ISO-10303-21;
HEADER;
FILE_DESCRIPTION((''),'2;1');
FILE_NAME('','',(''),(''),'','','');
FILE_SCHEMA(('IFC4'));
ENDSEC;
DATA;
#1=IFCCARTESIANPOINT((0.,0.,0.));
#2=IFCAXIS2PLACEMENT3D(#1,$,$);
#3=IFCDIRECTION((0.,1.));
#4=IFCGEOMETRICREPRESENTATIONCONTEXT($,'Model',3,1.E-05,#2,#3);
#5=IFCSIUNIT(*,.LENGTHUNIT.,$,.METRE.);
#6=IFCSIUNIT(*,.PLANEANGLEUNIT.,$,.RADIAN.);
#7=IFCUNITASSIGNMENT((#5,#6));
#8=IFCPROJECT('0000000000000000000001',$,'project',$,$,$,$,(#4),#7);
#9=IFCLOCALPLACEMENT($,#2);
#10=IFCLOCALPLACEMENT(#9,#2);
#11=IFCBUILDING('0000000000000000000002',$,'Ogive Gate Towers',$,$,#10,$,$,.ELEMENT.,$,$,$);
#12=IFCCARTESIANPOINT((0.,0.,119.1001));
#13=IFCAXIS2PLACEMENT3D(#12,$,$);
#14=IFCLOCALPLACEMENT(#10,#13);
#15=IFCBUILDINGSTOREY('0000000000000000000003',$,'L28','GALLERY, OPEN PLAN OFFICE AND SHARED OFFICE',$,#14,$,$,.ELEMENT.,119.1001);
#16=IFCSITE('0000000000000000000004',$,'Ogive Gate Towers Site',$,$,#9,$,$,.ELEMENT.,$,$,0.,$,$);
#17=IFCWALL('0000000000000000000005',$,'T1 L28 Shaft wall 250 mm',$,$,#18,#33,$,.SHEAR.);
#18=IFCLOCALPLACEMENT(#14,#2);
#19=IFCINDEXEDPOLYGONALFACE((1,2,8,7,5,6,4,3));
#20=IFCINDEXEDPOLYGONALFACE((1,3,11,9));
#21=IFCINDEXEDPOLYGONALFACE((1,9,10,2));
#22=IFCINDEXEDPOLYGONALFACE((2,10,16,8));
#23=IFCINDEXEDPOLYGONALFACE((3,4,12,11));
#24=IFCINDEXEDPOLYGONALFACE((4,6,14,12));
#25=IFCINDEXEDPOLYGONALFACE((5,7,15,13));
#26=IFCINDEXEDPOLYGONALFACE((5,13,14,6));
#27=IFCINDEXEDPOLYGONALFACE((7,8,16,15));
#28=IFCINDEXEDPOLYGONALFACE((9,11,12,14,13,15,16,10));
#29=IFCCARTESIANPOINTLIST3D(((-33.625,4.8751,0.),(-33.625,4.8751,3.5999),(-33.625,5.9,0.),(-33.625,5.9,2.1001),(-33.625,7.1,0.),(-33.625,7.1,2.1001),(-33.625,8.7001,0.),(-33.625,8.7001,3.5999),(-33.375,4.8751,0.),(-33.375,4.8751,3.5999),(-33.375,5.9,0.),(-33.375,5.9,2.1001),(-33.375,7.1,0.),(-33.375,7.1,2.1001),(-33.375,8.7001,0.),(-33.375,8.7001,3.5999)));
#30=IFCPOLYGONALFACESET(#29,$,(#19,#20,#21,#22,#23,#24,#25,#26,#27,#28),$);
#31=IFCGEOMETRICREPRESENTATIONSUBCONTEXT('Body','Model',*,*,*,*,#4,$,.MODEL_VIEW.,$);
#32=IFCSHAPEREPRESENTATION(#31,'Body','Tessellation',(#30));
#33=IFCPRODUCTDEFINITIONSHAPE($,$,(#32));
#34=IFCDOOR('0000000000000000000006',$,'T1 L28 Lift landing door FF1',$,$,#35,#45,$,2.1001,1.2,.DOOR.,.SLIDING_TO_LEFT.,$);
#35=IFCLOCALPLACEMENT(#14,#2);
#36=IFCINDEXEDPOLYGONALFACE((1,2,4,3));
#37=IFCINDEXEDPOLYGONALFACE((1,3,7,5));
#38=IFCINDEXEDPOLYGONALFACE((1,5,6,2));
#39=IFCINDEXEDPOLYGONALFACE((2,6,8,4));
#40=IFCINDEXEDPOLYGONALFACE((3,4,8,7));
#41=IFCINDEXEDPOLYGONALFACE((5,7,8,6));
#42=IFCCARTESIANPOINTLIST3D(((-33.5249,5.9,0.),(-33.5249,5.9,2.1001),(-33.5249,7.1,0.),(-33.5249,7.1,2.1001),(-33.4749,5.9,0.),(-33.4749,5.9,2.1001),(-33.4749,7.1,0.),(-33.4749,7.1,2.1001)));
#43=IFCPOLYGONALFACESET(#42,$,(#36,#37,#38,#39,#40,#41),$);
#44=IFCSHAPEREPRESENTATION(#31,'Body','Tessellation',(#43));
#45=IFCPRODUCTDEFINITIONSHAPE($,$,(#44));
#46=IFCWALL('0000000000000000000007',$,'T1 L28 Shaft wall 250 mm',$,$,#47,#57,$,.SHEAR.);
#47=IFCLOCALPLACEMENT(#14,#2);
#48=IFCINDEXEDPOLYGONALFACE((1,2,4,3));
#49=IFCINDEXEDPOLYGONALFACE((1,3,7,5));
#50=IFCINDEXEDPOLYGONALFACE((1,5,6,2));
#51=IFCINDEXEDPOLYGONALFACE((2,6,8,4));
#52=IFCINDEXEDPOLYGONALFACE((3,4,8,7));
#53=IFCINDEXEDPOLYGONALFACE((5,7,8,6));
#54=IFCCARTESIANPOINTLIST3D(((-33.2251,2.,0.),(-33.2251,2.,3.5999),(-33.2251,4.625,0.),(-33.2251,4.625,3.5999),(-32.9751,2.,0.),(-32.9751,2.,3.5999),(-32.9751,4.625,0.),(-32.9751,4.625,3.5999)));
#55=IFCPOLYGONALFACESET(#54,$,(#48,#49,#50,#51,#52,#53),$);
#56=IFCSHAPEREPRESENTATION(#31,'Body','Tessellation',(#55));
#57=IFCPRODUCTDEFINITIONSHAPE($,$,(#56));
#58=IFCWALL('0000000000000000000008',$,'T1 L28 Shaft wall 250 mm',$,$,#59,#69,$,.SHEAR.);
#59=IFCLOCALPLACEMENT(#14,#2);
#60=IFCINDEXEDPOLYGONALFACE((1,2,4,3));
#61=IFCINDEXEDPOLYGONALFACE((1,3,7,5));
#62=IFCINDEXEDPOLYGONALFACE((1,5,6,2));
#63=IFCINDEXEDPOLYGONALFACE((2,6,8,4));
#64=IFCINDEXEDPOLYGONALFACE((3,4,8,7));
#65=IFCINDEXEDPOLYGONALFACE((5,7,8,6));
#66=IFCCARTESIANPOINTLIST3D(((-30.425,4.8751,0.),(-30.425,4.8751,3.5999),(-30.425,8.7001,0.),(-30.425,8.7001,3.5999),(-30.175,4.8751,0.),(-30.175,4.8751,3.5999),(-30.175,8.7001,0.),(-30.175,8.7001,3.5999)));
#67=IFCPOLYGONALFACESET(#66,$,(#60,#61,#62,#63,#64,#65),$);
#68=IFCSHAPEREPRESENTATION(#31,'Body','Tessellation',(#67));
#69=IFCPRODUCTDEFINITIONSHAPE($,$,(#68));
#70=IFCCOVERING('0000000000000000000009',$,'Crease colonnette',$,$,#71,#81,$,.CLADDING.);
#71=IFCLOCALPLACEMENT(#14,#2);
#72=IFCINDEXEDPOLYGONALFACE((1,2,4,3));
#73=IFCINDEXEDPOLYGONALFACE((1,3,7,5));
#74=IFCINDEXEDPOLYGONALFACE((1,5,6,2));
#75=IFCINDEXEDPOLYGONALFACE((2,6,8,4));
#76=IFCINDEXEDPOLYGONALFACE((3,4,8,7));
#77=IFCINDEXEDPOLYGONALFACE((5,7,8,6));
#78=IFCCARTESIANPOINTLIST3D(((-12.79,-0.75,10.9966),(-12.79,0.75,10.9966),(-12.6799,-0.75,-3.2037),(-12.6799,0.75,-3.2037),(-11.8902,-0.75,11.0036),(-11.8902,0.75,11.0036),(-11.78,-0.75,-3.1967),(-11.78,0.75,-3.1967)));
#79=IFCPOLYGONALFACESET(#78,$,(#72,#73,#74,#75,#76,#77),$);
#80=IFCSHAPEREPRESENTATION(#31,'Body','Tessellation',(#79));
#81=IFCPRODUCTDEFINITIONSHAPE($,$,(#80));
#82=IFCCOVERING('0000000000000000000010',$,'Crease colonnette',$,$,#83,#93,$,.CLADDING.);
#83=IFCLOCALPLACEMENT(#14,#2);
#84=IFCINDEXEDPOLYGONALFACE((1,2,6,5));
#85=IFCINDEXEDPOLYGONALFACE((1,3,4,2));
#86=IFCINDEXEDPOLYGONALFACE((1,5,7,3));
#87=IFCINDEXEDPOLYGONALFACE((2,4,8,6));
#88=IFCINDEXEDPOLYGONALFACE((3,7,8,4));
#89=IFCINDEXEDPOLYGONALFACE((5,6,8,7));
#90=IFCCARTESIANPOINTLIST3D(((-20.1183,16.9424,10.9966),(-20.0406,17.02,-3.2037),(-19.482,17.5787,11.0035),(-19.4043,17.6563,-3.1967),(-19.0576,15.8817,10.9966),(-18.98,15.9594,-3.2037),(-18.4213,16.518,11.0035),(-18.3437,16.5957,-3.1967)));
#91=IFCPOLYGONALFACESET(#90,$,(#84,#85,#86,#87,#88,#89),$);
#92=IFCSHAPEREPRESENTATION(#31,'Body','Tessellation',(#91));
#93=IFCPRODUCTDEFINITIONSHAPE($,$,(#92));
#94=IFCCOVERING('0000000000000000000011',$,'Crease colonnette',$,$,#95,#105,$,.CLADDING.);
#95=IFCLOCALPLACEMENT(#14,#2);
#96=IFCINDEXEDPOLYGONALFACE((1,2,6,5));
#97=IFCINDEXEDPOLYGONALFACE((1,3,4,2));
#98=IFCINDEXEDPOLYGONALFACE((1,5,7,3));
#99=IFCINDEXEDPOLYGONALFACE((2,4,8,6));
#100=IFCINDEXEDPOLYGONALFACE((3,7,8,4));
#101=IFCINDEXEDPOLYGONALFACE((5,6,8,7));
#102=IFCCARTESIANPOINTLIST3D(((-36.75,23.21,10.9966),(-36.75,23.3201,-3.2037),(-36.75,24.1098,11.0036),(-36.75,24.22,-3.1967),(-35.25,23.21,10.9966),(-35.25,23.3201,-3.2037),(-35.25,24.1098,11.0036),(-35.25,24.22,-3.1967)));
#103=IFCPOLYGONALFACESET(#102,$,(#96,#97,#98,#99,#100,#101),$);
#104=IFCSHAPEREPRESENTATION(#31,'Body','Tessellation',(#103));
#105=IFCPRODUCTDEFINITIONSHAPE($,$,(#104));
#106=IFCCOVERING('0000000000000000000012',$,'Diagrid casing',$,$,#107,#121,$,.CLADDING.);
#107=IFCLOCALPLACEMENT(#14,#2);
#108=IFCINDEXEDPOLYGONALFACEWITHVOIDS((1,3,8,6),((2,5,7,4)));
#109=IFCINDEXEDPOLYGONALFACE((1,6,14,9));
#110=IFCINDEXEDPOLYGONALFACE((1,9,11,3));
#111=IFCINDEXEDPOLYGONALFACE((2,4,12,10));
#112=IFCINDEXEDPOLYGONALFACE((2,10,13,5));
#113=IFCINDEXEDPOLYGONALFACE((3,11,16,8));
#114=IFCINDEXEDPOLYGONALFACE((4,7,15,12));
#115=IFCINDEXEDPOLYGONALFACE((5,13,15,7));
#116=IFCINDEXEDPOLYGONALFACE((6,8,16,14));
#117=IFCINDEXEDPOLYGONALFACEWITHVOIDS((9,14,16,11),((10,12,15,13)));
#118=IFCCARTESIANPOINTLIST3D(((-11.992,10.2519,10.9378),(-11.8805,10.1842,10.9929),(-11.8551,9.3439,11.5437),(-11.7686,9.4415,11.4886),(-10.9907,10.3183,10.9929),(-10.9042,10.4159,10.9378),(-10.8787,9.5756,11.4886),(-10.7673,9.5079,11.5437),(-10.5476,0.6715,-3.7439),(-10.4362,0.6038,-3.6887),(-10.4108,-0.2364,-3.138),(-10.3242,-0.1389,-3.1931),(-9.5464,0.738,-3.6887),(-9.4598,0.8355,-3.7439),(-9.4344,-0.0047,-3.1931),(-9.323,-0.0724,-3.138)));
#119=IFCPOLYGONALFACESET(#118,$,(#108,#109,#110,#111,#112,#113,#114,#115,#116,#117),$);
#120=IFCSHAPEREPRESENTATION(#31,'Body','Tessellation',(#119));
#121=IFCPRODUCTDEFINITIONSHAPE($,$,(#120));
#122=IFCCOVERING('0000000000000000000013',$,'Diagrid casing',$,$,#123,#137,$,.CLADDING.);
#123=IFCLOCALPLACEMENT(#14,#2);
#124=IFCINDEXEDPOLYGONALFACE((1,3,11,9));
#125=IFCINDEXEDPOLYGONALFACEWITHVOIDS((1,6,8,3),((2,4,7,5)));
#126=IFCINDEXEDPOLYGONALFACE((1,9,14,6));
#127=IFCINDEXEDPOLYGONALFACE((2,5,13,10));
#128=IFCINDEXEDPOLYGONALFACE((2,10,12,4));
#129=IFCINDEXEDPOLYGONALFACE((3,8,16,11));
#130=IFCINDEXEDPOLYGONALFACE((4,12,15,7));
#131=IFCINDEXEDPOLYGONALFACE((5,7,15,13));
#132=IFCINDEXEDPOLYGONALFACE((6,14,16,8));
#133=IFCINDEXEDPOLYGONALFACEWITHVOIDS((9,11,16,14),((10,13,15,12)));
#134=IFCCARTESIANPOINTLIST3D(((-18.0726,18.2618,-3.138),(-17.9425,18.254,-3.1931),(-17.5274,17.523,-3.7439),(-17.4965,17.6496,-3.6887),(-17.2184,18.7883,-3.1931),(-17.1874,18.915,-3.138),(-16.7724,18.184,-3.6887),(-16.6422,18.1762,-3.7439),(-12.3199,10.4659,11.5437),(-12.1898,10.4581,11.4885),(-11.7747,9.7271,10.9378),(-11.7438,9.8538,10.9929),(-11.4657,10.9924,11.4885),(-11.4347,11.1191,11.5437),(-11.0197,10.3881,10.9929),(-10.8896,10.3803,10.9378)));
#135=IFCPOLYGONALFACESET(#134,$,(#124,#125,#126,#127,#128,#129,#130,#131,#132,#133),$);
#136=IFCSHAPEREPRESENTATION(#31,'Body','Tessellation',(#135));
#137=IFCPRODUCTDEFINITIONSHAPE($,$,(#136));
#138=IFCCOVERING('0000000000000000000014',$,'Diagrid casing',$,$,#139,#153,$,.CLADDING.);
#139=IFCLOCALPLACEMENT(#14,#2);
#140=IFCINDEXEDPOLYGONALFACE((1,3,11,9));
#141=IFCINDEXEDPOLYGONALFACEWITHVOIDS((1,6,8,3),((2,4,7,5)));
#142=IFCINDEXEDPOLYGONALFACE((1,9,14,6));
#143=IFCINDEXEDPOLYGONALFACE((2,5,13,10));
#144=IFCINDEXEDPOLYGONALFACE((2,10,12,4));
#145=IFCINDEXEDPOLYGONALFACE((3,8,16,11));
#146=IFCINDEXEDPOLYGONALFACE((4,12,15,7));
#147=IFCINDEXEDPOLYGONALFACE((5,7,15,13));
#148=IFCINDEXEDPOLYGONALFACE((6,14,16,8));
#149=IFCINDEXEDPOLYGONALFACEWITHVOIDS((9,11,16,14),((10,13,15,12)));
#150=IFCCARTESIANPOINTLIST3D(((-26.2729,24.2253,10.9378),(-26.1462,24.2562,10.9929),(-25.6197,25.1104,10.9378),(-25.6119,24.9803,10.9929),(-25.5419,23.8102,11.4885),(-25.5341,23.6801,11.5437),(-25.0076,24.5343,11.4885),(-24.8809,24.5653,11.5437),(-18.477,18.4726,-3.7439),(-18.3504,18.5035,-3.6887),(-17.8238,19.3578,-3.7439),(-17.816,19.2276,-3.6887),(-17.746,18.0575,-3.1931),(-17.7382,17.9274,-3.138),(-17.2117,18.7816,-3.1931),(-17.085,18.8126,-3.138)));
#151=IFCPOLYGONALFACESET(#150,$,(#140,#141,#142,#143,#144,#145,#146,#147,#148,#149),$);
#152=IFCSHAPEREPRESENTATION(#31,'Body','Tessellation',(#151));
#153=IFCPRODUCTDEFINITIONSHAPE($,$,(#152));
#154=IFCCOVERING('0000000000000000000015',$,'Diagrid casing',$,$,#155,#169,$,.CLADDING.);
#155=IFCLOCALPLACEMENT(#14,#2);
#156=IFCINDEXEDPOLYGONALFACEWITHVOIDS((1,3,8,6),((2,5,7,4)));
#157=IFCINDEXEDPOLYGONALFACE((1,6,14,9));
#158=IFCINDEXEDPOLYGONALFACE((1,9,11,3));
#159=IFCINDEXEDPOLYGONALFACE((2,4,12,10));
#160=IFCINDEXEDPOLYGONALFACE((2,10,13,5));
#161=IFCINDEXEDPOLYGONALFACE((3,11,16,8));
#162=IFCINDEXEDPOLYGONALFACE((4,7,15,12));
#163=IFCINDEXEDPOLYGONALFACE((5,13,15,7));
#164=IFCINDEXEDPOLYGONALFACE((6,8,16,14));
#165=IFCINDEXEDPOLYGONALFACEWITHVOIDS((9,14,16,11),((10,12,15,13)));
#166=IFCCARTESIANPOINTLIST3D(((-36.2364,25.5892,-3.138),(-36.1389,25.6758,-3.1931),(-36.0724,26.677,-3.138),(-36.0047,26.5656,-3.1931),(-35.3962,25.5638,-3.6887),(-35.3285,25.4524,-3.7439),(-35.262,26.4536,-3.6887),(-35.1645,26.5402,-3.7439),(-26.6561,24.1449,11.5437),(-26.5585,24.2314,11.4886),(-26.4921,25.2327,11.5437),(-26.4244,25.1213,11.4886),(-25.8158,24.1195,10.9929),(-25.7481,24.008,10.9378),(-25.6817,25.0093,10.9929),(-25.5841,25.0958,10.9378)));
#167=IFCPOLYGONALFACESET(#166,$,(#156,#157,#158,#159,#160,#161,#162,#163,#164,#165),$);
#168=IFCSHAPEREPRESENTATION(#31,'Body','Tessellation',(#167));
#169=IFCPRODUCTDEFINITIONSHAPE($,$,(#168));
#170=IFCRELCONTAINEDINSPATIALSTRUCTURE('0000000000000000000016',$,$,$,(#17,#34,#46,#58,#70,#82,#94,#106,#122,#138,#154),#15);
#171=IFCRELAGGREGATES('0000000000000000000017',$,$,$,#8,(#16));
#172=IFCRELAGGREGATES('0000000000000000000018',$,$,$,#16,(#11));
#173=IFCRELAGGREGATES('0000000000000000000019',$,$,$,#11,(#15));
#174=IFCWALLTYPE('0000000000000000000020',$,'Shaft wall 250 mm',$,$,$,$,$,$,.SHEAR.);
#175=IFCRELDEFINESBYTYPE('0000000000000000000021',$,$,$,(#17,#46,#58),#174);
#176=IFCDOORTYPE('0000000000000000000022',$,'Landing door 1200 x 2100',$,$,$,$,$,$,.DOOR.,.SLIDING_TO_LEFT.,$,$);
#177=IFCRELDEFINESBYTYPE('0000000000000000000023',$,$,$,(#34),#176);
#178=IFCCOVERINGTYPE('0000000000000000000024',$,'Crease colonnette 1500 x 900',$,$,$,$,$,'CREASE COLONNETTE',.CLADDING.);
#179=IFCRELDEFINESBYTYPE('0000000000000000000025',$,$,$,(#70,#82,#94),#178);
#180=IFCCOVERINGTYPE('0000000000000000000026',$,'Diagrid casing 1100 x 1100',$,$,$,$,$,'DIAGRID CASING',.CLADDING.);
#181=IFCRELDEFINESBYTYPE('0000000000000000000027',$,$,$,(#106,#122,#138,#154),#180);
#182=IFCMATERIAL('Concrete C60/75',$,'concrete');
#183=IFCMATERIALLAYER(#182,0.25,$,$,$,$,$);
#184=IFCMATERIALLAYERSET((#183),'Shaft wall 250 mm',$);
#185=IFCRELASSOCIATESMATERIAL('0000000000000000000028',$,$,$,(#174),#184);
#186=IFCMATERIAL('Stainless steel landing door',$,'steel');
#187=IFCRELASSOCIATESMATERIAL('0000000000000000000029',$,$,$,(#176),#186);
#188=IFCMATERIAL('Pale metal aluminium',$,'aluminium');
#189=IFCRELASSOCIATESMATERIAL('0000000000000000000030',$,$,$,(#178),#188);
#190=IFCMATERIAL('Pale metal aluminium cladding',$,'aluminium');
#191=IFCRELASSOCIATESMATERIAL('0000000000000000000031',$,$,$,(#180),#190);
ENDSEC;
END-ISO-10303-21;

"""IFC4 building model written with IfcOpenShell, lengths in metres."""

from ifc_helpers import new_model, si_unit, direction, frame, frame_2d, origin, origin_2d, place, context, subcontext, project, spatial, rectangle, hollow_rectangle, extrude, material, layer, layer_set, material_profile, profile_set, type_object, element, fill, save


model = new_model("IFC4")

# Units and contexts
model_context = context("Model", 3, precision=1e-05, world=origin(), true_north=direction((0.0, 1.0)))
body_context = subcontext(model_context, "Body", "Model", "MODEL_VIEW")
ifc_project = project(units=[si_unit("LENGTHUNIT", "METRE"), si_unit("PLANEANGLEUNIT", "RADIAN")], contexts=[model_context])

# Site, building, storey
site_placement = place(None, origin())
site = spatial("IfcSite", under=ifc_project, at=site_placement, Name="Ogive Gate Towers Site", CompositionType="ELEMENT", RefElevation=0.0)
building_placement = place(site_placement, origin())
building = spatial("IfcBuilding", under=site, at=building_placement, Name="Ogive Gate Towers", CompositionType="ELEMENT")
storey_placement = place(building_placement, frame((0.0, 0.0, 119.1001)))
storey = spatial("IfcBuildingStorey", under=building, at=storey_placement, Name="L28", Description="GALLERY, OPEN PLAN OFFICE AND SHARED OFFICE", CompositionType="ELEMENT", Elevation=119.1001)

# Wall, opening, door
ifc_material_1 = material(Name="Concrete C60/75", Category="concrete")
ifc_layer_1 = layer(ifc_material_1, 0.25)
ifc_layer_set_1 = layer_set([ifc_layer_1], Name="Shaft wall 250 mm")
wall_type_1 = type_object("IfcWallType", Name="Shaft wall 250 mm", PredefinedType="SHEAR", material=ifc_layer_set_1)
wall_1_placement = place(storey_placement, frame((-33.5, 4.875, 0.0), z_axis=(0.0, 0.0, 1.0), x_axis=(0.0, 1.0, 0.0)))
wall_1 = element("IfcWall", 1, at=wall_1_placement, inside=storey, type_object=wall_type_1, Name="T1 L28 Shaft wall 250 mm", PredefinedType="SHEAR", context=body_context, shape_type="SweptSolid", body=[
    extrude(rectangle(XDim=3.825, YDim=0.25, at=frame_2d((1.9126, 0.0))), origin(), (0.0, 0.0, 1.0), 3.5999),
])
opening_1_placement = place(wall_1_placement, frame((1.0249, 0.0, 0.0)))
opening_1 = element("IfcOpeningElement", 2, at=opening_1_placement, cuts=wall_1, PredefinedType="OPENING", context=body_context, shape_type="SweptSolid", body=[
    extrude(rectangle(XDim=1.2, YDim=2.1001, at=frame_2d((0.6001, 1.05))), frame((0.0, 0.135, 0.0), z_axis=(0.0, -1.0, 0.0), x_axis=(1.0, 0.0, 0.0)), (0.0, 0.0, 1.0), 0.27),
])
ifc_material_2 = material(Name="Stainless steel landing door", Category="steel")
door_type_1 = type_object("IfcDoorType", Name="Landing door 1200 x 2100", OperationType="SLIDING_TO_LEFT", PredefinedType="DOOR", material=ifc_material_2)
door_1_placement = place(opening_1_placement, origin())
door_1 = element("IfcDoor", 3, at=door_1_placement, inside=storey, type_object=door_type_1, Name="T1 L28 Lift landing door FF1", OperationType="SLIDING_TO_LEFT", OverallHeight=2.1001, OverallWidth=1.2, PredefinedType="DOOR", context=body_context, shape_type="SweptSolid", body=[
    extrude(rectangle(XDim=1.2, YDim=2.1001, at=frame_2d((0.6001, 1.05))), frame((0.0, 0.0249, 0.0), z_axis=(0.0, -1.0, 0.0), x_axis=(1.0, 0.0, 0.0)), (0.0, 0.0, 1.0), 0.05),
])
fill(opening_1, door_1)

# Walls
wall_2_placement = place(storey_placement, frame((-33.1001, 2.0, 0.0), z_axis=(0.0, 0.0, 1.0), x_axis=(0.0, 1.0, 0.0)))
element("IfcWall", 4, at=wall_2_placement, inside=storey, type_object=wall_type_1, Name="T1 L28 Shaft wall 250 mm", PredefinedType="SHEAR", context=body_context, shape_type="SweptSolid", body=[
    extrude(rectangle(XDim=2.625, YDim=0.25, at=frame_2d((1.3125, 0.0))), origin(), (0.0, 0.0, 1.0), 3.5999),
])
wall_3_placement = place(storey_placement, frame((-30.3, 4.875, 0.0), z_axis=(0.0, 0.0, 1.0), x_axis=(0.0, 1.0, 0.0)))
element("IfcWall", 5, at=wall_3_placement, inside=storey, type_object=wall_type_1, Name="T1 L28 Shaft wall 250 mm", PredefinedType="SHEAR", context=body_context, shape_type="SweptSolid", body=[
    extrude(rectangle(XDim=3.825, YDim=0.25, at=frame_2d((1.9126, 0.0))), origin(), (0.0, 0.0, 1.0), 3.5999),
])

# Coverings
ifc_material_3 = material(Name="Pale metal aluminium", Category="aluminium")
ifc_material_profile_1 = material_profile(ifc_material_3, rectangle(XDim=1.5, YDim=0.8999, at=origin_2d()), Name="1500 x 900 pale metal aluminium")
ifc_profile_set_1 = profile_set([ifc_material_profile_1], Name="Pale metal aluminium")
covering_type_1 = type_object("IfcCoveringType", Name="Crease colonnette 1500 x 900", ElementType="CREASE COLONNETTE", PredefinedType="CLADDING", material=ifc_profile_set_1)
for number, where, z_axis, x_axis, name in (
    (6, (-12.23, 0.0, -3.2002), (-0.007754, 0.0, 0.99997), (0.0, -1.0, 0.0), "Crease colonnette"),
    (7, (-19.1921, 16.8079, -3.2002), (-0.005467, -0.005467, 0.99997), (0.707107, -0.707107, 0.0), "Crease colonnette"),
    (8, (-36.0, 23.77, -3.2002), (0.0, -0.007754, 0.99997), (1.0, 0.0, 0.0), "Crease colonnette"),
):
    element("IfcCovering", number, at=place(storey_placement, frame(where, z_axis=z_axis, x_axis=x_axis)), inside=storey, type_object=covering_type_1, Name=name, PredefinedType="CLADDING", context=body_context, shape_type="SweptSolid", body=[
        extrude(rectangle(XDim=1.5, YDim=0.8999, at=origin_2d()), origin(), (0.0, 0.0, 1.0), 14.2007),
    ])
ifc_material_4 = material(Name="Pale metal aluminium cladding", Category="aluminium")
ifc_material_profile_2 = material_profile(ifc_material_4, hollow_rectangle(XDim=1.1001, YDim=1.1001, WallThickness=0.1001, at=origin_2d()), Name="1100 x 1100 pale metal casing")
ifc_profile_set_2 = profile_set([ifc_material_profile_2], Name="Pale metal aluminium cladding")
covering_type_2 = type_object("IfcCoveringType", Name="Diagrid casing 1100 x 1100", ElementType="DIAGRID CASING", PredefinedType="CLADDING", material=ifc_profile_set_2)
for number, where, z_axis, x_axis, name in (
    (9, (-9.9353, 0.2996, -3.4409), (-0.08211, 0.544636, 0.834643), (-0.988826, -0.149076, 0.0), "Diagrid casing"),
    (10, (-17.3574, 18.219, -3.4409), (0.327037, -0.443192, 0.834642), (0.804645, 0.593757, 0.0), "Diagrid casing"),
    (11, (-17.781, 18.6426, -3.4409), (-0.443192, 0.327037, 0.834642), (-0.593757, -0.804645, 0.0), "Diagrid casing"),
    (12, (-35.7004, 26.0647, -3.4409), (0.544636, -0.08211, 0.834643), (0.149076, 0.988826, 0.0), "Diagrid casing"),
):
    element("IfcCovering", number, at=place(storey_placement, frame(where, z_axis=z_axis, x_axis=x_axis)), inside=storey, type_object=covering_type_2, Name=name, PredefinedType="CLADDING", context=body_context, shape_type="SweptSolid", body=[
        extrude(hollow_rectangle(XDim=1.1001, YDim=1.1001, WallThickness=0.1001, at=origin_2d()), origin(), (0.0, 0.0, 1.0), 17.5903),
    ])

save(model, "model.ifc")
